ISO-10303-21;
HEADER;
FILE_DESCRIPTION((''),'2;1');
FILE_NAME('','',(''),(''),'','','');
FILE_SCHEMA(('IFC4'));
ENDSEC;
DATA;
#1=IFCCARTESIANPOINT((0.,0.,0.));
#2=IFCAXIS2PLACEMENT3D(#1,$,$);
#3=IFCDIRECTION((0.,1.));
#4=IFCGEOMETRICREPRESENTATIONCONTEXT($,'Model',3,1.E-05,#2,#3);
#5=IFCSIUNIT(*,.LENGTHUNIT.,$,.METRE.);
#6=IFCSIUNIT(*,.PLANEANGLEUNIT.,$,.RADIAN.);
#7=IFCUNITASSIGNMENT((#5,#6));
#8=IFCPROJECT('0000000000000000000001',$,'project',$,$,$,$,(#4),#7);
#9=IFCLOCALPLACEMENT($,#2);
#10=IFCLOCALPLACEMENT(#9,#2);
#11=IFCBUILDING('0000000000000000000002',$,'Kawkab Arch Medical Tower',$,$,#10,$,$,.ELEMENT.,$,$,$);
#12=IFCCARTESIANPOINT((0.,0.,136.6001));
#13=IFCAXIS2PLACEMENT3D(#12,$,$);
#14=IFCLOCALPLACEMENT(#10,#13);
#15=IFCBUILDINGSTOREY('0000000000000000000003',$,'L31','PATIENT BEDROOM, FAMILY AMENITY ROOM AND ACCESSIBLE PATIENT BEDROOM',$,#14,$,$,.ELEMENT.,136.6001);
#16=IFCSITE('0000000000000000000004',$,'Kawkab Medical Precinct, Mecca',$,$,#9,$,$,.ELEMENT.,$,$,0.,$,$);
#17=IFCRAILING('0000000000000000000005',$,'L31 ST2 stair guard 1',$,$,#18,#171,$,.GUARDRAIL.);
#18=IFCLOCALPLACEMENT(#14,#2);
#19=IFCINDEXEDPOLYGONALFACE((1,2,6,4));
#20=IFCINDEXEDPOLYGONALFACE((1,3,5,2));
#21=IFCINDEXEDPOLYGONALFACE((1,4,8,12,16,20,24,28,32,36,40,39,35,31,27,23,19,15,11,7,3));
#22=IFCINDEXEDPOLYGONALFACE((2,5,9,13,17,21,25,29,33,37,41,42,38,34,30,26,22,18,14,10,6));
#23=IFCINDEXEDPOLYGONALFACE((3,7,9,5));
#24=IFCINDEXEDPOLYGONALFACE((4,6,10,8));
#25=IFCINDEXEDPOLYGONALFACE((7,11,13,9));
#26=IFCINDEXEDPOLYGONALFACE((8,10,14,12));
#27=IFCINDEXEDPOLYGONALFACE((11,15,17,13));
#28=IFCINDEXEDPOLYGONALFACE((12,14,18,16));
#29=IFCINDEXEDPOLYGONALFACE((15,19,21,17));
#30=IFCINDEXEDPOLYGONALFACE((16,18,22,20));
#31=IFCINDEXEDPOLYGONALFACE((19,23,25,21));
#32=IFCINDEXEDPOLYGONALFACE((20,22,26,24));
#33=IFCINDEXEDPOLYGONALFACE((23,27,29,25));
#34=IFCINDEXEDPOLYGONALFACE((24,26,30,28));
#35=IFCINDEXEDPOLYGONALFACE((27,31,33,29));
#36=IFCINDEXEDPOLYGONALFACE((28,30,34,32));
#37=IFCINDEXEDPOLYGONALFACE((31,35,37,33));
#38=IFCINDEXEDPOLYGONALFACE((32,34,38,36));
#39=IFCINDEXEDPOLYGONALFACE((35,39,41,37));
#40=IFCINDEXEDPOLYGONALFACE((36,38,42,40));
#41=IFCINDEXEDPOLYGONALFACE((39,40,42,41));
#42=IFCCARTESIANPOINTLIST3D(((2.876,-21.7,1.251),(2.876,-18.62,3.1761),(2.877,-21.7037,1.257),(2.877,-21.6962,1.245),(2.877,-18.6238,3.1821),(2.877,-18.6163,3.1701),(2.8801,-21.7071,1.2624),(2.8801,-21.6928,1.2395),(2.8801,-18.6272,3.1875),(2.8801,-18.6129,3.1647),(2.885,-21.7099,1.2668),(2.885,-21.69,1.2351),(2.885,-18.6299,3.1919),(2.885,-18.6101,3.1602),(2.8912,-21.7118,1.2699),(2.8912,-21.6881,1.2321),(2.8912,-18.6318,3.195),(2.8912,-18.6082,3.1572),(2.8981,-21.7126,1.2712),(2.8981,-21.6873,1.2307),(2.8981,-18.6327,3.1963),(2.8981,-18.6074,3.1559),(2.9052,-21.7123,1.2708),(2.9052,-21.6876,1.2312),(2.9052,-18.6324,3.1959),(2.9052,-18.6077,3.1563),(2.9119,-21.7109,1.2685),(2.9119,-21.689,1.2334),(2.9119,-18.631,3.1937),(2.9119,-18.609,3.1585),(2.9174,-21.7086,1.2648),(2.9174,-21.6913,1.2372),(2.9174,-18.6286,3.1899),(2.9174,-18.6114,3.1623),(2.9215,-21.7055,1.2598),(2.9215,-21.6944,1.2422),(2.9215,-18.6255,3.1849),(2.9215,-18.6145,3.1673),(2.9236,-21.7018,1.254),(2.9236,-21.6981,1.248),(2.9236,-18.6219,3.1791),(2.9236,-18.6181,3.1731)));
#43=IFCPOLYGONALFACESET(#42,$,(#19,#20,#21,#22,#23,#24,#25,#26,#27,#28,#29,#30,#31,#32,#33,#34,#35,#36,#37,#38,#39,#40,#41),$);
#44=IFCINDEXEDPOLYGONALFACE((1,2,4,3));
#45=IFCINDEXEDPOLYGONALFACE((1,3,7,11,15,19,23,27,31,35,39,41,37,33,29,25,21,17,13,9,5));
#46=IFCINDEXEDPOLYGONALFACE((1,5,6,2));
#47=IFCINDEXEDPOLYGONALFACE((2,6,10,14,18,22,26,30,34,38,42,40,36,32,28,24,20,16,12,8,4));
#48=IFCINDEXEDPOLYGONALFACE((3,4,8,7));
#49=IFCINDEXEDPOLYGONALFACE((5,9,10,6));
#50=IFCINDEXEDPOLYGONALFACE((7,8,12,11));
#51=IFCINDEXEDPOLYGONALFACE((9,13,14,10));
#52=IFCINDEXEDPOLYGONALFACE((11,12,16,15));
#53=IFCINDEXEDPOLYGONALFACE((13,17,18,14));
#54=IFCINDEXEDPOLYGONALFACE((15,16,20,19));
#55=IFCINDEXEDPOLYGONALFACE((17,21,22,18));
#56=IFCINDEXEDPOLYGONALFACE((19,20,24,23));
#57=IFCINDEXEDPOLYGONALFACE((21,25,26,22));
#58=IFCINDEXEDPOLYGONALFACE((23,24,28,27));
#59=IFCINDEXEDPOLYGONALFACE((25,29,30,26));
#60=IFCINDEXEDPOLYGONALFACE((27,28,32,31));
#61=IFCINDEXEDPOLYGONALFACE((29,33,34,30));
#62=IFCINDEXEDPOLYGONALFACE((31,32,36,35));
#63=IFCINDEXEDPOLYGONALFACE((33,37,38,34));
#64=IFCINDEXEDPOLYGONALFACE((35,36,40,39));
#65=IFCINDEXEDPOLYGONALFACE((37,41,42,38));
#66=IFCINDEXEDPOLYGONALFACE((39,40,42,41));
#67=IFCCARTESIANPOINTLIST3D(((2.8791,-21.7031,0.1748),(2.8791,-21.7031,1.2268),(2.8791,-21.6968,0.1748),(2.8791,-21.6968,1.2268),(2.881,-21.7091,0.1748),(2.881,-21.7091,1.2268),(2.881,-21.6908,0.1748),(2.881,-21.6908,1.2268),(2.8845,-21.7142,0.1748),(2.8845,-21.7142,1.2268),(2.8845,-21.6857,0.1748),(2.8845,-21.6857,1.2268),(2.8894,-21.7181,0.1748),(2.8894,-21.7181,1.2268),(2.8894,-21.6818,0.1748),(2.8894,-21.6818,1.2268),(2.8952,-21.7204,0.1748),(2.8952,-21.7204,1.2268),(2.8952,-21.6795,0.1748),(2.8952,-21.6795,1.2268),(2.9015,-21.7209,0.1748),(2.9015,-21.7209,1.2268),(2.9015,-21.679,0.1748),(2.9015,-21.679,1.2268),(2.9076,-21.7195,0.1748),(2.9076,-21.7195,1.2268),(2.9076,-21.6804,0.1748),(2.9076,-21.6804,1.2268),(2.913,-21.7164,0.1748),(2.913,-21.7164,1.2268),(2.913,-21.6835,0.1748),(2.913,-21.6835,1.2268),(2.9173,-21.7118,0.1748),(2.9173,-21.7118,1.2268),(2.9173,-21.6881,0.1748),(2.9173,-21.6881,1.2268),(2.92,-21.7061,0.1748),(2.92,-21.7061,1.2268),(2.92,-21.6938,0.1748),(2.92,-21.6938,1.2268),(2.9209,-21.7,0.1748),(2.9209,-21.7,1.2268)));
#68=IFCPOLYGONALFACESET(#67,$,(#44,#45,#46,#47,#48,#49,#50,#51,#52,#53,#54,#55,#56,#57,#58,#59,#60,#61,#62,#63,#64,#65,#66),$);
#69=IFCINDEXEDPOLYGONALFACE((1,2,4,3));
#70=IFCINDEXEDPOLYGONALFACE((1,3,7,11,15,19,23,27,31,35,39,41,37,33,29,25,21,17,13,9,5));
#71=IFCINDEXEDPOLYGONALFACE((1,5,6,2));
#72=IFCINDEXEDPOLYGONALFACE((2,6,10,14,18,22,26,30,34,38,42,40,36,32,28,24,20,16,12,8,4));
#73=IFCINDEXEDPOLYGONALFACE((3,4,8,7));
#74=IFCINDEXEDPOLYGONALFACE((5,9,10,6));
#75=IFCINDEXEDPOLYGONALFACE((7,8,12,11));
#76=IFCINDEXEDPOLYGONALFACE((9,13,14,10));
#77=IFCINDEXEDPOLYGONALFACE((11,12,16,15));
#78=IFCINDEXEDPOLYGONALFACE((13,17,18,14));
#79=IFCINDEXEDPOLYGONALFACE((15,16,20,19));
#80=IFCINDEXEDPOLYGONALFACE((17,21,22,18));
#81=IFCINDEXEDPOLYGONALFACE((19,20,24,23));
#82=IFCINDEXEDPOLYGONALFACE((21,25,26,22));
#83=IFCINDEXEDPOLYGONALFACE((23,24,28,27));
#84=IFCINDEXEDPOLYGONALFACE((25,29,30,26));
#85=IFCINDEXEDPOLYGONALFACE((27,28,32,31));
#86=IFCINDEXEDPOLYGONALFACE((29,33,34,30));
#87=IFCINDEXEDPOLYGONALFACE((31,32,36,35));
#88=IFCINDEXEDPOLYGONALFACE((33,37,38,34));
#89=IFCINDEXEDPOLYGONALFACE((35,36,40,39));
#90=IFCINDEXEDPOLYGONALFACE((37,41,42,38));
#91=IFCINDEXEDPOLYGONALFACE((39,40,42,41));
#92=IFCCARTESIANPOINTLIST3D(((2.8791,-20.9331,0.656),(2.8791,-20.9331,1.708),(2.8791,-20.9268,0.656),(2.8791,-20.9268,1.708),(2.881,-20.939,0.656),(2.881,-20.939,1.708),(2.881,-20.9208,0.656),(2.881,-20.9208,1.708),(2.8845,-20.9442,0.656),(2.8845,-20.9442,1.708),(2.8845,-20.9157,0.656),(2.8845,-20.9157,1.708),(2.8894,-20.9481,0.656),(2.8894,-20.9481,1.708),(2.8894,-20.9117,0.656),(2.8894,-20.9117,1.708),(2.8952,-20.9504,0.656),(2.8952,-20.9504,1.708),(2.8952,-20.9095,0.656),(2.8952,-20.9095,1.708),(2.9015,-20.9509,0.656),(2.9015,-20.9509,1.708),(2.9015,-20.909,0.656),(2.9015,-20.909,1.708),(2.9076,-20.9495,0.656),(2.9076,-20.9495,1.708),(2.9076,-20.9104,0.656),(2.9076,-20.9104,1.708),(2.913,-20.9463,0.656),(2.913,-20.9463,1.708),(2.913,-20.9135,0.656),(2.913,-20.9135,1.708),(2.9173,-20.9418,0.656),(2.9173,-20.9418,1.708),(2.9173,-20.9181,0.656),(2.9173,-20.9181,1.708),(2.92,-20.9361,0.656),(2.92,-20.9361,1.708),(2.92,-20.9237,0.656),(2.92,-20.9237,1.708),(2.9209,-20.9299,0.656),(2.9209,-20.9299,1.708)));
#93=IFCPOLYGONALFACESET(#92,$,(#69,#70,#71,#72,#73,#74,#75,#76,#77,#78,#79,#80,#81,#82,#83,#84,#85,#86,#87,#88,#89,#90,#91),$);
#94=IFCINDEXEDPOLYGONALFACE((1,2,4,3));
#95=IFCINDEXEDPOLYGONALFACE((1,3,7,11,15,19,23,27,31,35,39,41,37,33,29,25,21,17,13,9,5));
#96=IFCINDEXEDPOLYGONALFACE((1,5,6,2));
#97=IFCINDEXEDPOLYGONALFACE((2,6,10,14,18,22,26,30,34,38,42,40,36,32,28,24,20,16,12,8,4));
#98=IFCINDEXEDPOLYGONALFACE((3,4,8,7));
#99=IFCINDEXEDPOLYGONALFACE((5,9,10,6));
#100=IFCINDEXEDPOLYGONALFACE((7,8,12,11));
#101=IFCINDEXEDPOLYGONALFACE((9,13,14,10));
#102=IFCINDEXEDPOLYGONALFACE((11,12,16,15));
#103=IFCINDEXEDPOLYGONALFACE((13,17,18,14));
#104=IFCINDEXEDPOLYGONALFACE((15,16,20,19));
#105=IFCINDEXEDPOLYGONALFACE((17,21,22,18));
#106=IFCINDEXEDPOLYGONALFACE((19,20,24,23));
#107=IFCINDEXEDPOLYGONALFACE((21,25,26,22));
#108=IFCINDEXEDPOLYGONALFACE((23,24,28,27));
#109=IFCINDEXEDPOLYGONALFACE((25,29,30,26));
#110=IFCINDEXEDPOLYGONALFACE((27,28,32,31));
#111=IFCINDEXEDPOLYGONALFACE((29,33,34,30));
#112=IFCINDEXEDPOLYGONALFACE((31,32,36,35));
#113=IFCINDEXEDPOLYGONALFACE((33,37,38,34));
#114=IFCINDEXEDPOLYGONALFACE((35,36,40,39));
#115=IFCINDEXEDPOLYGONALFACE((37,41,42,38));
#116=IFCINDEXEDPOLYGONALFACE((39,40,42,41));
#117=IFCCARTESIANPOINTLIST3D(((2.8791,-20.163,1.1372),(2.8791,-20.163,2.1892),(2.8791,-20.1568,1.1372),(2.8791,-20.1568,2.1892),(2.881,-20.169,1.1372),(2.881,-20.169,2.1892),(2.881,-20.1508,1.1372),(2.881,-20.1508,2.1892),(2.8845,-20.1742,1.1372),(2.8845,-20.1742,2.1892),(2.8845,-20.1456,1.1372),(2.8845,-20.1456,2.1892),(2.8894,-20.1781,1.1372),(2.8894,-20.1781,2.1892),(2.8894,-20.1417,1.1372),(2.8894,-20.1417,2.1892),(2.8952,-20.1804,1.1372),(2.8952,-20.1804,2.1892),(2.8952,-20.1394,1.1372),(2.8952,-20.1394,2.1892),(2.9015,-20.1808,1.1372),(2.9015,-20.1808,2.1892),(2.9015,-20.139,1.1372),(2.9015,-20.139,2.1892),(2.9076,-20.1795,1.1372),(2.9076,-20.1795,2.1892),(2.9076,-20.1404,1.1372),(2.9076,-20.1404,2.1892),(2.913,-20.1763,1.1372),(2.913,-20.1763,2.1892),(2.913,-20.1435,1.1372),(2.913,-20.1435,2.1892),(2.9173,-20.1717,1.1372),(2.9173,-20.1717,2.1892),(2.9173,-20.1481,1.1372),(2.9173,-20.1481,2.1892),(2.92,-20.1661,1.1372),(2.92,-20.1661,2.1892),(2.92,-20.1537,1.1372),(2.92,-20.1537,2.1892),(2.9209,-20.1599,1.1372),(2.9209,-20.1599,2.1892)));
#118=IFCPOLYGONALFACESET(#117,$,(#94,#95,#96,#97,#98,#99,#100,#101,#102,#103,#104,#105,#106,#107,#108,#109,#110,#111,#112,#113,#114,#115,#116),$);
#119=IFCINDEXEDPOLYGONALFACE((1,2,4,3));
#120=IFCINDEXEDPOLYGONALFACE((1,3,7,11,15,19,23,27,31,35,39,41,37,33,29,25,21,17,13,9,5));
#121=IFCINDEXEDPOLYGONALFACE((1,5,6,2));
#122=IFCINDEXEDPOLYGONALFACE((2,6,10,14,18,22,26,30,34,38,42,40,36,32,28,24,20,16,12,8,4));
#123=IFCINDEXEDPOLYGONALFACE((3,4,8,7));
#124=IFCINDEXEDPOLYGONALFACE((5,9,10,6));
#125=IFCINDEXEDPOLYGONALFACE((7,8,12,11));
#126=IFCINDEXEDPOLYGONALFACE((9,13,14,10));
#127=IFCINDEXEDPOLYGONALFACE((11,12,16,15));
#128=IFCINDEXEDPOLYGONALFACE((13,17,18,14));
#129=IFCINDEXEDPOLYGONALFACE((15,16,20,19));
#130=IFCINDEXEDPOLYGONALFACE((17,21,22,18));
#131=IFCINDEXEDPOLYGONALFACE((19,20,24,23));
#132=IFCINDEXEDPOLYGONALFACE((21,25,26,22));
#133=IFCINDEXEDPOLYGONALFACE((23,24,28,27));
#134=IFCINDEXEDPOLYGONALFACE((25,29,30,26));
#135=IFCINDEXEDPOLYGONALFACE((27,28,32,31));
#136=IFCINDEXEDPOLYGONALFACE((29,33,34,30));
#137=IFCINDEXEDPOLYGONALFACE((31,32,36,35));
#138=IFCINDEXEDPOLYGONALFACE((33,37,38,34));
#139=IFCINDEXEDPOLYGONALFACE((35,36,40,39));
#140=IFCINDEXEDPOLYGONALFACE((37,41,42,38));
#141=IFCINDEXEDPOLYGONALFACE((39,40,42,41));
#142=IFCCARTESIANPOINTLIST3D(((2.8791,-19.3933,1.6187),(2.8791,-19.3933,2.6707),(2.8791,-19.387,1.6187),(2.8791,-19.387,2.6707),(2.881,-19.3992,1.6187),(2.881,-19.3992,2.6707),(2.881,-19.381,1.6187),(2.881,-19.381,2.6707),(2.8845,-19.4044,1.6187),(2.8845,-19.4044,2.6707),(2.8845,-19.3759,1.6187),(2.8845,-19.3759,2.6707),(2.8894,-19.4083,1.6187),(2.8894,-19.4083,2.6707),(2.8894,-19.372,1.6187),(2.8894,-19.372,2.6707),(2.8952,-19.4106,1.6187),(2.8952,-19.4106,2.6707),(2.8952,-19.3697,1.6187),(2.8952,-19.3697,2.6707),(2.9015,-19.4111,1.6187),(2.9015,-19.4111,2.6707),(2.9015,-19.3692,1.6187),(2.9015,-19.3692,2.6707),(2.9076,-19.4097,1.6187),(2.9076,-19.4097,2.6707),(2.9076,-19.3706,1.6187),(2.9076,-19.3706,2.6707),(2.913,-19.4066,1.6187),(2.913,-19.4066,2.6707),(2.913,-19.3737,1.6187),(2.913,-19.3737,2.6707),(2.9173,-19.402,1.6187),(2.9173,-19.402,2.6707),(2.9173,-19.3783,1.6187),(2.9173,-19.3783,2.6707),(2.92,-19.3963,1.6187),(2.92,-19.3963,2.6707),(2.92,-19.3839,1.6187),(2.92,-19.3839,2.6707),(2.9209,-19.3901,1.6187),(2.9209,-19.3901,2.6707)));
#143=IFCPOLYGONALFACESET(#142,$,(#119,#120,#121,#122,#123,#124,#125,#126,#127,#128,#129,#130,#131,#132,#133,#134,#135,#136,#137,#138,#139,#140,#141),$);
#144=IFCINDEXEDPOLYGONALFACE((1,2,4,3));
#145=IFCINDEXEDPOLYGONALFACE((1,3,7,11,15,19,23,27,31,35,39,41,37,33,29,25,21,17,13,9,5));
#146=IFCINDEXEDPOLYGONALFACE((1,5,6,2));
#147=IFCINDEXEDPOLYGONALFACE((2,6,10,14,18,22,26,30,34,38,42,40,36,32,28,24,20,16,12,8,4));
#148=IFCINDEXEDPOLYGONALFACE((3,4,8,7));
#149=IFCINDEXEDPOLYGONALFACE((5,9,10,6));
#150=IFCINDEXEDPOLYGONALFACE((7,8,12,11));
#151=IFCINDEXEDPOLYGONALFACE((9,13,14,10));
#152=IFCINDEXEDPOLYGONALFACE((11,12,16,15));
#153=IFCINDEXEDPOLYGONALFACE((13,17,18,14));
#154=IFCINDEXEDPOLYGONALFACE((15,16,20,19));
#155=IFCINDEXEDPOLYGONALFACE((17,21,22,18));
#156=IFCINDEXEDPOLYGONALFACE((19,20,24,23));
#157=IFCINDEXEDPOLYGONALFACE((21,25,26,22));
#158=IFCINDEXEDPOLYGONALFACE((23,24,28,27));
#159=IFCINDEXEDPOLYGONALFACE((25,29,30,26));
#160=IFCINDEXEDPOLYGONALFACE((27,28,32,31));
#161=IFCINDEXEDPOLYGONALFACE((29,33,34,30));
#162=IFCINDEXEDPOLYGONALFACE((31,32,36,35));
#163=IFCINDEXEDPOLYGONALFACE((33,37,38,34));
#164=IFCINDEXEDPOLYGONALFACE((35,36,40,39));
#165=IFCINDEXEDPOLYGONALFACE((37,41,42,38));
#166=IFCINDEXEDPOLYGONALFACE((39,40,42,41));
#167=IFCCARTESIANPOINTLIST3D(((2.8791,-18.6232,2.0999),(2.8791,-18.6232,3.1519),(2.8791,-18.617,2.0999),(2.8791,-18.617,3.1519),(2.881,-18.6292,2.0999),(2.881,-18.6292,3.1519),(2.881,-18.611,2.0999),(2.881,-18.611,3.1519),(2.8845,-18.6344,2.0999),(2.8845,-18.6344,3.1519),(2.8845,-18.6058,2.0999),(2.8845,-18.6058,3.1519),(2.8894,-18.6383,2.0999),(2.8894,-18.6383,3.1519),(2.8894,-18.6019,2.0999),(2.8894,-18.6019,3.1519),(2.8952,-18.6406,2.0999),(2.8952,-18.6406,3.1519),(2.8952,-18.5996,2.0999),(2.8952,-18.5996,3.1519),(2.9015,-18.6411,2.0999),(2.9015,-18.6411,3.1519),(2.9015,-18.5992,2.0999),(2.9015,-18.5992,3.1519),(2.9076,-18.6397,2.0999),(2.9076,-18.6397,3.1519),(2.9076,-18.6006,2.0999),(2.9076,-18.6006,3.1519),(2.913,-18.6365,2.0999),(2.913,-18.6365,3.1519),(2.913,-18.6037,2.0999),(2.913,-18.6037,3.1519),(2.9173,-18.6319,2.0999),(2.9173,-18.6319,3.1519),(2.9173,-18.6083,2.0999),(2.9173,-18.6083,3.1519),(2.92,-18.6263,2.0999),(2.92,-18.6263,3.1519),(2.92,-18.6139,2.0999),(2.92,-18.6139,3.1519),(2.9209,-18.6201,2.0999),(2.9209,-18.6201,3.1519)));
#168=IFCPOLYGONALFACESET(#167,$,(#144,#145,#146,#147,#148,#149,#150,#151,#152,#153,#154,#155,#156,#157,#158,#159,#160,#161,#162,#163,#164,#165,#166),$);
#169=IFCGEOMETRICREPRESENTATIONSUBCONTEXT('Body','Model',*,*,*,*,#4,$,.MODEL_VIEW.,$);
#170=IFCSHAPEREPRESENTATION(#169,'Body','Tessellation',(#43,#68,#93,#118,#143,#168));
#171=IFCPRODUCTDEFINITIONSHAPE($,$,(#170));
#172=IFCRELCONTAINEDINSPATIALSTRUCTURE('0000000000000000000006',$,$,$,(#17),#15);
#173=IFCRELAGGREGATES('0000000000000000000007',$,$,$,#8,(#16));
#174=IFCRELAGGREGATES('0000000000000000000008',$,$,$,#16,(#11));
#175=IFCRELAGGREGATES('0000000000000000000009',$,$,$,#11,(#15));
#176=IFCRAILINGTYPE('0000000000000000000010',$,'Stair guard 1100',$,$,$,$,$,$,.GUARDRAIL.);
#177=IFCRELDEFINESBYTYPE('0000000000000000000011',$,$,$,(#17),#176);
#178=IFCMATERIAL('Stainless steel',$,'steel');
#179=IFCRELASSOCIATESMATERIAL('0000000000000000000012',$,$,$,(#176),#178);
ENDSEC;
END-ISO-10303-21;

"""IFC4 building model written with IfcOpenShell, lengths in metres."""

from ifc_helpers import new_model, si_unit, direction, frame, origin, origin_2d, place, context, subcontext, project, spatial, circle, extrude, material, type_object, element, save


model = new_model("IFC4")

# Units and contexts
model_context = context("Model", 3, precision=1e-05, world=origin(), true_north=direction((0.0, 1.0)))
body_context = subcontext(model_context, "Body", "Model", "MODEL_VIEW")
ifc_project = project(units=[si_unit("LENGTHUNIT", "METRE"), si_unit("PLANEANGLEUNIT", "RADIAN")], contexts=[model_context])

# Site, building, storey
site_placement = place(None, origin())
site = spatial("IfcSite", under=ifc_project, at=site_placement, Name="Kawkab Medical Precinct, Mecca", CompositionType="ELEMENT", RefElevation=0.0)
building_placement = place(site_placement, origin())
building = spatial("IfcBuilding", under=site, at=building_placement, Name="Kawkab Arch Medical Tower", CompositionType="ELEMENT")
storey_placement = place(building_placement, frame((0.0, 0.0, 136.6001)))
storey = spatial("IfcBuildingStorey", under=building, at=storey_placement, Name="L31", Description="PATIENT BEDROOM, FAMILY AMENITY ROOM AND ACCESSIBLE PATIENT BEDROOM", CompositionType="ELEMENT", Elevation=136.6001)

# Railing
ifc_material_1 = material(Name="Stainless steel", Category="steel")
railing_type = type_object("IfcRailingType", Name="Stair guard 1100", PredefinedType="GUARDRAIL", material=ifc_material_1)
railing_1_placement = place(storey_placement, frame((2.8999, -21.7, 0.1748)))
element("IfcRailing", 1, at=railing_1_placement, inside=storey, type_object=railing_type, Name="L31 ST2 stair guard 1", PredefinedType="GUARDRAIL", context=body_context, shape_type="SweptSolid", body=[
    extrude(circle(Radius=0.0239, at=origin_2d()), frame((0.0, 0.0, 1.0762), z_axis=(0.0, 0.847979, 0.530029), x_axis=(-1.0, 0.0, 0.0)), (0.0, 0.0, 1.0), 3.6321),
    extrude(circle(Radius=0.021, at=origin_2d()), origin(), (0.0, 0.0, 1.0), 1.052),
    extrude(circle(Radius=0.021, at=origin_2d()), frame((0.0, 0.77, 0.4812)), (0.0, 0.0, 1.0), 1.052),
    extrude(circle(Radius=0.021, at=origin_2d()), frame((0.0, 1.54, 0.9624)), (0.0, 0.0, 1.0), 1.052),
    extrude(circle(Radius=0.021, at=origin_2d()), frame((0.0, 2.3098, 1.4438)), (0.0, 0.0, 1.0), 1.052),
    extrude(circle(Radius=0.021, at=origin_2d()), frame((0.0, 3.0798, 1.925)), (0.0, 0.0, 1.0), 1.052),
])

save(model, "model.ifc")
